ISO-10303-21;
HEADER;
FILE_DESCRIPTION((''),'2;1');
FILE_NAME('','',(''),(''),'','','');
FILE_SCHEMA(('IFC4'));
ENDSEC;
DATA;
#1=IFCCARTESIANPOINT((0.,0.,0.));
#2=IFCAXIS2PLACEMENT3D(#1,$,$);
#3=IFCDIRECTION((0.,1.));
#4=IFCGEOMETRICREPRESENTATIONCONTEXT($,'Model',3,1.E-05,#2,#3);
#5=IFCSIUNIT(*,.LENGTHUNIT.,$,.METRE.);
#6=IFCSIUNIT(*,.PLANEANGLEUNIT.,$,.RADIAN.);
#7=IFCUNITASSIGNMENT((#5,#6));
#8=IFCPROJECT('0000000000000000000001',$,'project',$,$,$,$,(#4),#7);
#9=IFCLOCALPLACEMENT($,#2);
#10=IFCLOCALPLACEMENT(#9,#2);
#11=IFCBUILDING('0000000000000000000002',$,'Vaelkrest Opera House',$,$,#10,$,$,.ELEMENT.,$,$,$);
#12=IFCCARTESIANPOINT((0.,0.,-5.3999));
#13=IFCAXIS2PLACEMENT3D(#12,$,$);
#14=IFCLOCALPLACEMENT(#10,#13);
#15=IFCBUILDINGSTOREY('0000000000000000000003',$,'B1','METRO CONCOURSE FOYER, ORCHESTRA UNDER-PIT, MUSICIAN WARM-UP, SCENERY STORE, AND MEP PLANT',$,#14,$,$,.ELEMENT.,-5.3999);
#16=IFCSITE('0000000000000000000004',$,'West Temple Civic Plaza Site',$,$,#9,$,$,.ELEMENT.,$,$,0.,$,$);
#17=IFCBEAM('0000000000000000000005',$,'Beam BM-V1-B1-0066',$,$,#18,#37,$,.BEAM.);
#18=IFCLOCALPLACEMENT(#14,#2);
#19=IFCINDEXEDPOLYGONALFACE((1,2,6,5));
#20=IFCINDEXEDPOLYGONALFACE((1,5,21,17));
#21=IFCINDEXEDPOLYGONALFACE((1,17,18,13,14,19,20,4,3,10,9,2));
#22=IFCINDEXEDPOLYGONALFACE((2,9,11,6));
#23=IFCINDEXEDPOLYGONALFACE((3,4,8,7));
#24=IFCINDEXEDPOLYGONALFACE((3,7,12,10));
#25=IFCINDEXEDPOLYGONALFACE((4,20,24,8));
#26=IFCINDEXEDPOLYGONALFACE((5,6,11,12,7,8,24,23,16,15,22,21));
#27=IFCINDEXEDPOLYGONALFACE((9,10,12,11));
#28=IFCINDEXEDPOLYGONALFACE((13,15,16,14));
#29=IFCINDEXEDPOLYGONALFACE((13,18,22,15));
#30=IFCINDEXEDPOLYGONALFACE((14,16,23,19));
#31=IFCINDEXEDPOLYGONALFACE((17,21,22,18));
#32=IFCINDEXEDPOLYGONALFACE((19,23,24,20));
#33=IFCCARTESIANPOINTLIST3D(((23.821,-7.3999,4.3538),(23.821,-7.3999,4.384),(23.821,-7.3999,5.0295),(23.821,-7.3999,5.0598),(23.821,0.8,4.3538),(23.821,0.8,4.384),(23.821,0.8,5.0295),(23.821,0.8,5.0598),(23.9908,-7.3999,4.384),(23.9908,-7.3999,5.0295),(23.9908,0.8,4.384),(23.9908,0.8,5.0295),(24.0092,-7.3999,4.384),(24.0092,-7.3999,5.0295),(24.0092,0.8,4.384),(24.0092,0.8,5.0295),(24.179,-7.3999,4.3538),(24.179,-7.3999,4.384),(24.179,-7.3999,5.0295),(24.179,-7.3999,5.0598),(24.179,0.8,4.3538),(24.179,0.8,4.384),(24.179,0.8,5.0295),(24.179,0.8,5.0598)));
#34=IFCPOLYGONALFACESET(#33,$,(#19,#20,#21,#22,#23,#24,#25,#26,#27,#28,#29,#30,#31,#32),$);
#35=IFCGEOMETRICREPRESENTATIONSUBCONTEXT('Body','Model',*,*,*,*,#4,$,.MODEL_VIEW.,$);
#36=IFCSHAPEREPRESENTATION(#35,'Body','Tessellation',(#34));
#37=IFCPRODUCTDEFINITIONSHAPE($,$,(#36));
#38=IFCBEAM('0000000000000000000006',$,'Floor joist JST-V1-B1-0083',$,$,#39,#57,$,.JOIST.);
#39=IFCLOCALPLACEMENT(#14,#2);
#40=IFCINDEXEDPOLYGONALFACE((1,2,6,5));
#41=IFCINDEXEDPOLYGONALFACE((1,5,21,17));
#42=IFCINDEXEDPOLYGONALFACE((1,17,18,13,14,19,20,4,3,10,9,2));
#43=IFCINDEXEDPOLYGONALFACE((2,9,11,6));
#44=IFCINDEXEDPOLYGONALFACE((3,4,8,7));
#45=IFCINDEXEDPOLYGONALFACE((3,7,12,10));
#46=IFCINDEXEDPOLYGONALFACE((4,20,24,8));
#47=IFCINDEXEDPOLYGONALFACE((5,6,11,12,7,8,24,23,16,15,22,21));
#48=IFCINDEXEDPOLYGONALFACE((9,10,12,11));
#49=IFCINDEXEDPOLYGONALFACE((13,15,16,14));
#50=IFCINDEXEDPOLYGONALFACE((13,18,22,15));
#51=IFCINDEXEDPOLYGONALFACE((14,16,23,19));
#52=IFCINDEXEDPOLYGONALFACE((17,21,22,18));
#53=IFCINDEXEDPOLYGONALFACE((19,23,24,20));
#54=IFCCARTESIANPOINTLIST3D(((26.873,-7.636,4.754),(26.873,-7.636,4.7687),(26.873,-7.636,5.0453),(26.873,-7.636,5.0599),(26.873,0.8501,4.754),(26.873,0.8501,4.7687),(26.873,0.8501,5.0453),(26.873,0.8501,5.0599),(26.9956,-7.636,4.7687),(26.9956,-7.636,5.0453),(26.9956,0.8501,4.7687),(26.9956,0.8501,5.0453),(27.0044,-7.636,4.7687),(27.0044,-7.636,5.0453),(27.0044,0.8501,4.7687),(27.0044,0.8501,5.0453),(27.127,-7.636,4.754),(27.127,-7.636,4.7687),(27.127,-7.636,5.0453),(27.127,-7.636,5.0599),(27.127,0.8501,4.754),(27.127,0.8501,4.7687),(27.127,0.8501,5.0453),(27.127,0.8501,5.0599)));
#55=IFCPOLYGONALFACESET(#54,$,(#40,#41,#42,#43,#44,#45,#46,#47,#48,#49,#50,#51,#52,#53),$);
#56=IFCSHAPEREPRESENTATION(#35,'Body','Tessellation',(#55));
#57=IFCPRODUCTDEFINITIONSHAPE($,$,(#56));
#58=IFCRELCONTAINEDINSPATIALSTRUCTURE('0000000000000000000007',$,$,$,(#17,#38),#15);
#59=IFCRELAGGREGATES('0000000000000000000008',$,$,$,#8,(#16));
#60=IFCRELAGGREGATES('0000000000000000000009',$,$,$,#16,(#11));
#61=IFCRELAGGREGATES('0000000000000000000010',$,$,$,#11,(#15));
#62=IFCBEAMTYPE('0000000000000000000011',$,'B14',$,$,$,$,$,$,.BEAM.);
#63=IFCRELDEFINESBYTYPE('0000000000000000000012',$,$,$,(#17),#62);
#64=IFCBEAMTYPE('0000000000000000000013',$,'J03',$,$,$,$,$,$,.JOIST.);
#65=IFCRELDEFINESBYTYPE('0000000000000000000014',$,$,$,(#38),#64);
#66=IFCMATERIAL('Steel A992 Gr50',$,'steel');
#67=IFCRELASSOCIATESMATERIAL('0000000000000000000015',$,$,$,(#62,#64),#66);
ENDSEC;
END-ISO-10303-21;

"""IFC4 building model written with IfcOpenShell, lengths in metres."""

from ifc_helpers import new_model, si_unit, direction, frame, origin, origin_2d, place, context, subcontext, project, spatial, i_section, extrude, material, material_profile, profile_set, type_object, element, save


model = new_model("IFC4")

# Units and contexts
model_context = context("Model", 3, precision=1e-05, world=origin(), true_north=direction((0.0, 1.0)))
body_context = subcontext(model_context, "Body", "Model", "MODEL_VIEW")
ifc_project = project(units=[si_unit("LENGTHUNIT", "METRE"), si_unit("PLANEANGLEUNIT", "RADIAN")], contexts=[model_context])

# Site, building, storey
site_placement = place(None, origin())
site = spatial("IfcSite", under=ifc_project, at=site_placement, Name="West Temple Civic Plaza Site", CompositionType="ELEMENT", RefElevation=0.0)
building_placement = place(site_placement, origin())
building = spatial("IfcBuilding", under=site, at=building_placement, Name="Vaelkrest Opera House", CompositionType="ELEMENT")
storey_placement = place(building_placement, frame((0.0, 0.0, -5.3999)))
storey = spatial("IfcBuildingStorey", under=building, at=storey_placement, Name="B1", Description="METRO CONCOURSE FOYER, ORCHESTRA UNDER-PIT, MUSICIAN WARM-UP, SCENERY STORE, AND MEP PLANT", CompositionType="ELEMENT", Elevation=-5.3999)

# Beams
ifc_material_1 = material(Name="Steel A992 Gr50", Category="steel")
ifc_material_profile_1 = material_profile(ifc_material_1, i_section(OverallWidth=0.3579, OverallDepth=0.7061, WebThickness=0.0183, FlangeThickness=0.0303, at=origin_2d()), Name="W27X178")
ifc_profile_set_1 = profile_set([ifc_material_profile_1], Name="Steel A992 Gr50")
beam_type_1 = type_object("IfcBeamType", Name="B14", PredefinedType="BEAM", material=ifc_profile_set_1)
beam_1_placement = place(storey_placement, frame((24.0, -7.3999, 4.7068), z_axis=(0.0, 1.0, 0.0), x_axis=(-1.0, 0.0, 0.0)))
element("IfcBeam", 1, at=beam_1_placement, inside=storey, type_object=beam_type_1, Name="Beam BM-V1-B1-0066", PredefinedType="BEAM", context=body_context, shape_type="SweptSolid", body=[
    extrude(i_section(OverallWidth=0.3579, OverallDepth=0.7061, WebThickness=0.0183, FlangeThickness=0.0303, at=origin_2d()), origin(), (0.0, 0.0, 1.0), 8.2),
])
ifc_material_profile_2 = material_profile(ifc_material_1, i_section(OverallWidth=0.2539, OverallDepth=0.3059, WebThickness=0.0088, FlangeThickness=0.0146, at=origin_2d()), Name="W12X53")
ifc_profile_set_2 = profile_set([ifc_material_profile_2], Name="Steel A992 Gr50")
beam_type_2 = type_object("IfcBeamType", Name="J03", PredefinedType="JOIST", material=ifc_profile_set_2)
beam_2_placement = place(storey_placement, frame((27.0, -7.636, 4.907), z_axis=(0.0, 1.0, 0.0), x_axis=(-1.0, 0.0, 0.0)))
element("IfcBeam", 2, at=beam_2_placement, inside=storey, type_object=beam_type_2, Name="Floor joist JST-V1-B1-0083", PredefinedType="JOIST", context=body_context, shape_type="SweptSolid", body=[
    extrude(i_section(OverallWidth=0.2539, OverallDepth=0.3059, WebThickness=0.0088, FlangeThickness=0.0146, at=origin_2d()), origin(), (0.0, 0.0, 1.0), 8.4861),
])

save(model, "model.ifc")
